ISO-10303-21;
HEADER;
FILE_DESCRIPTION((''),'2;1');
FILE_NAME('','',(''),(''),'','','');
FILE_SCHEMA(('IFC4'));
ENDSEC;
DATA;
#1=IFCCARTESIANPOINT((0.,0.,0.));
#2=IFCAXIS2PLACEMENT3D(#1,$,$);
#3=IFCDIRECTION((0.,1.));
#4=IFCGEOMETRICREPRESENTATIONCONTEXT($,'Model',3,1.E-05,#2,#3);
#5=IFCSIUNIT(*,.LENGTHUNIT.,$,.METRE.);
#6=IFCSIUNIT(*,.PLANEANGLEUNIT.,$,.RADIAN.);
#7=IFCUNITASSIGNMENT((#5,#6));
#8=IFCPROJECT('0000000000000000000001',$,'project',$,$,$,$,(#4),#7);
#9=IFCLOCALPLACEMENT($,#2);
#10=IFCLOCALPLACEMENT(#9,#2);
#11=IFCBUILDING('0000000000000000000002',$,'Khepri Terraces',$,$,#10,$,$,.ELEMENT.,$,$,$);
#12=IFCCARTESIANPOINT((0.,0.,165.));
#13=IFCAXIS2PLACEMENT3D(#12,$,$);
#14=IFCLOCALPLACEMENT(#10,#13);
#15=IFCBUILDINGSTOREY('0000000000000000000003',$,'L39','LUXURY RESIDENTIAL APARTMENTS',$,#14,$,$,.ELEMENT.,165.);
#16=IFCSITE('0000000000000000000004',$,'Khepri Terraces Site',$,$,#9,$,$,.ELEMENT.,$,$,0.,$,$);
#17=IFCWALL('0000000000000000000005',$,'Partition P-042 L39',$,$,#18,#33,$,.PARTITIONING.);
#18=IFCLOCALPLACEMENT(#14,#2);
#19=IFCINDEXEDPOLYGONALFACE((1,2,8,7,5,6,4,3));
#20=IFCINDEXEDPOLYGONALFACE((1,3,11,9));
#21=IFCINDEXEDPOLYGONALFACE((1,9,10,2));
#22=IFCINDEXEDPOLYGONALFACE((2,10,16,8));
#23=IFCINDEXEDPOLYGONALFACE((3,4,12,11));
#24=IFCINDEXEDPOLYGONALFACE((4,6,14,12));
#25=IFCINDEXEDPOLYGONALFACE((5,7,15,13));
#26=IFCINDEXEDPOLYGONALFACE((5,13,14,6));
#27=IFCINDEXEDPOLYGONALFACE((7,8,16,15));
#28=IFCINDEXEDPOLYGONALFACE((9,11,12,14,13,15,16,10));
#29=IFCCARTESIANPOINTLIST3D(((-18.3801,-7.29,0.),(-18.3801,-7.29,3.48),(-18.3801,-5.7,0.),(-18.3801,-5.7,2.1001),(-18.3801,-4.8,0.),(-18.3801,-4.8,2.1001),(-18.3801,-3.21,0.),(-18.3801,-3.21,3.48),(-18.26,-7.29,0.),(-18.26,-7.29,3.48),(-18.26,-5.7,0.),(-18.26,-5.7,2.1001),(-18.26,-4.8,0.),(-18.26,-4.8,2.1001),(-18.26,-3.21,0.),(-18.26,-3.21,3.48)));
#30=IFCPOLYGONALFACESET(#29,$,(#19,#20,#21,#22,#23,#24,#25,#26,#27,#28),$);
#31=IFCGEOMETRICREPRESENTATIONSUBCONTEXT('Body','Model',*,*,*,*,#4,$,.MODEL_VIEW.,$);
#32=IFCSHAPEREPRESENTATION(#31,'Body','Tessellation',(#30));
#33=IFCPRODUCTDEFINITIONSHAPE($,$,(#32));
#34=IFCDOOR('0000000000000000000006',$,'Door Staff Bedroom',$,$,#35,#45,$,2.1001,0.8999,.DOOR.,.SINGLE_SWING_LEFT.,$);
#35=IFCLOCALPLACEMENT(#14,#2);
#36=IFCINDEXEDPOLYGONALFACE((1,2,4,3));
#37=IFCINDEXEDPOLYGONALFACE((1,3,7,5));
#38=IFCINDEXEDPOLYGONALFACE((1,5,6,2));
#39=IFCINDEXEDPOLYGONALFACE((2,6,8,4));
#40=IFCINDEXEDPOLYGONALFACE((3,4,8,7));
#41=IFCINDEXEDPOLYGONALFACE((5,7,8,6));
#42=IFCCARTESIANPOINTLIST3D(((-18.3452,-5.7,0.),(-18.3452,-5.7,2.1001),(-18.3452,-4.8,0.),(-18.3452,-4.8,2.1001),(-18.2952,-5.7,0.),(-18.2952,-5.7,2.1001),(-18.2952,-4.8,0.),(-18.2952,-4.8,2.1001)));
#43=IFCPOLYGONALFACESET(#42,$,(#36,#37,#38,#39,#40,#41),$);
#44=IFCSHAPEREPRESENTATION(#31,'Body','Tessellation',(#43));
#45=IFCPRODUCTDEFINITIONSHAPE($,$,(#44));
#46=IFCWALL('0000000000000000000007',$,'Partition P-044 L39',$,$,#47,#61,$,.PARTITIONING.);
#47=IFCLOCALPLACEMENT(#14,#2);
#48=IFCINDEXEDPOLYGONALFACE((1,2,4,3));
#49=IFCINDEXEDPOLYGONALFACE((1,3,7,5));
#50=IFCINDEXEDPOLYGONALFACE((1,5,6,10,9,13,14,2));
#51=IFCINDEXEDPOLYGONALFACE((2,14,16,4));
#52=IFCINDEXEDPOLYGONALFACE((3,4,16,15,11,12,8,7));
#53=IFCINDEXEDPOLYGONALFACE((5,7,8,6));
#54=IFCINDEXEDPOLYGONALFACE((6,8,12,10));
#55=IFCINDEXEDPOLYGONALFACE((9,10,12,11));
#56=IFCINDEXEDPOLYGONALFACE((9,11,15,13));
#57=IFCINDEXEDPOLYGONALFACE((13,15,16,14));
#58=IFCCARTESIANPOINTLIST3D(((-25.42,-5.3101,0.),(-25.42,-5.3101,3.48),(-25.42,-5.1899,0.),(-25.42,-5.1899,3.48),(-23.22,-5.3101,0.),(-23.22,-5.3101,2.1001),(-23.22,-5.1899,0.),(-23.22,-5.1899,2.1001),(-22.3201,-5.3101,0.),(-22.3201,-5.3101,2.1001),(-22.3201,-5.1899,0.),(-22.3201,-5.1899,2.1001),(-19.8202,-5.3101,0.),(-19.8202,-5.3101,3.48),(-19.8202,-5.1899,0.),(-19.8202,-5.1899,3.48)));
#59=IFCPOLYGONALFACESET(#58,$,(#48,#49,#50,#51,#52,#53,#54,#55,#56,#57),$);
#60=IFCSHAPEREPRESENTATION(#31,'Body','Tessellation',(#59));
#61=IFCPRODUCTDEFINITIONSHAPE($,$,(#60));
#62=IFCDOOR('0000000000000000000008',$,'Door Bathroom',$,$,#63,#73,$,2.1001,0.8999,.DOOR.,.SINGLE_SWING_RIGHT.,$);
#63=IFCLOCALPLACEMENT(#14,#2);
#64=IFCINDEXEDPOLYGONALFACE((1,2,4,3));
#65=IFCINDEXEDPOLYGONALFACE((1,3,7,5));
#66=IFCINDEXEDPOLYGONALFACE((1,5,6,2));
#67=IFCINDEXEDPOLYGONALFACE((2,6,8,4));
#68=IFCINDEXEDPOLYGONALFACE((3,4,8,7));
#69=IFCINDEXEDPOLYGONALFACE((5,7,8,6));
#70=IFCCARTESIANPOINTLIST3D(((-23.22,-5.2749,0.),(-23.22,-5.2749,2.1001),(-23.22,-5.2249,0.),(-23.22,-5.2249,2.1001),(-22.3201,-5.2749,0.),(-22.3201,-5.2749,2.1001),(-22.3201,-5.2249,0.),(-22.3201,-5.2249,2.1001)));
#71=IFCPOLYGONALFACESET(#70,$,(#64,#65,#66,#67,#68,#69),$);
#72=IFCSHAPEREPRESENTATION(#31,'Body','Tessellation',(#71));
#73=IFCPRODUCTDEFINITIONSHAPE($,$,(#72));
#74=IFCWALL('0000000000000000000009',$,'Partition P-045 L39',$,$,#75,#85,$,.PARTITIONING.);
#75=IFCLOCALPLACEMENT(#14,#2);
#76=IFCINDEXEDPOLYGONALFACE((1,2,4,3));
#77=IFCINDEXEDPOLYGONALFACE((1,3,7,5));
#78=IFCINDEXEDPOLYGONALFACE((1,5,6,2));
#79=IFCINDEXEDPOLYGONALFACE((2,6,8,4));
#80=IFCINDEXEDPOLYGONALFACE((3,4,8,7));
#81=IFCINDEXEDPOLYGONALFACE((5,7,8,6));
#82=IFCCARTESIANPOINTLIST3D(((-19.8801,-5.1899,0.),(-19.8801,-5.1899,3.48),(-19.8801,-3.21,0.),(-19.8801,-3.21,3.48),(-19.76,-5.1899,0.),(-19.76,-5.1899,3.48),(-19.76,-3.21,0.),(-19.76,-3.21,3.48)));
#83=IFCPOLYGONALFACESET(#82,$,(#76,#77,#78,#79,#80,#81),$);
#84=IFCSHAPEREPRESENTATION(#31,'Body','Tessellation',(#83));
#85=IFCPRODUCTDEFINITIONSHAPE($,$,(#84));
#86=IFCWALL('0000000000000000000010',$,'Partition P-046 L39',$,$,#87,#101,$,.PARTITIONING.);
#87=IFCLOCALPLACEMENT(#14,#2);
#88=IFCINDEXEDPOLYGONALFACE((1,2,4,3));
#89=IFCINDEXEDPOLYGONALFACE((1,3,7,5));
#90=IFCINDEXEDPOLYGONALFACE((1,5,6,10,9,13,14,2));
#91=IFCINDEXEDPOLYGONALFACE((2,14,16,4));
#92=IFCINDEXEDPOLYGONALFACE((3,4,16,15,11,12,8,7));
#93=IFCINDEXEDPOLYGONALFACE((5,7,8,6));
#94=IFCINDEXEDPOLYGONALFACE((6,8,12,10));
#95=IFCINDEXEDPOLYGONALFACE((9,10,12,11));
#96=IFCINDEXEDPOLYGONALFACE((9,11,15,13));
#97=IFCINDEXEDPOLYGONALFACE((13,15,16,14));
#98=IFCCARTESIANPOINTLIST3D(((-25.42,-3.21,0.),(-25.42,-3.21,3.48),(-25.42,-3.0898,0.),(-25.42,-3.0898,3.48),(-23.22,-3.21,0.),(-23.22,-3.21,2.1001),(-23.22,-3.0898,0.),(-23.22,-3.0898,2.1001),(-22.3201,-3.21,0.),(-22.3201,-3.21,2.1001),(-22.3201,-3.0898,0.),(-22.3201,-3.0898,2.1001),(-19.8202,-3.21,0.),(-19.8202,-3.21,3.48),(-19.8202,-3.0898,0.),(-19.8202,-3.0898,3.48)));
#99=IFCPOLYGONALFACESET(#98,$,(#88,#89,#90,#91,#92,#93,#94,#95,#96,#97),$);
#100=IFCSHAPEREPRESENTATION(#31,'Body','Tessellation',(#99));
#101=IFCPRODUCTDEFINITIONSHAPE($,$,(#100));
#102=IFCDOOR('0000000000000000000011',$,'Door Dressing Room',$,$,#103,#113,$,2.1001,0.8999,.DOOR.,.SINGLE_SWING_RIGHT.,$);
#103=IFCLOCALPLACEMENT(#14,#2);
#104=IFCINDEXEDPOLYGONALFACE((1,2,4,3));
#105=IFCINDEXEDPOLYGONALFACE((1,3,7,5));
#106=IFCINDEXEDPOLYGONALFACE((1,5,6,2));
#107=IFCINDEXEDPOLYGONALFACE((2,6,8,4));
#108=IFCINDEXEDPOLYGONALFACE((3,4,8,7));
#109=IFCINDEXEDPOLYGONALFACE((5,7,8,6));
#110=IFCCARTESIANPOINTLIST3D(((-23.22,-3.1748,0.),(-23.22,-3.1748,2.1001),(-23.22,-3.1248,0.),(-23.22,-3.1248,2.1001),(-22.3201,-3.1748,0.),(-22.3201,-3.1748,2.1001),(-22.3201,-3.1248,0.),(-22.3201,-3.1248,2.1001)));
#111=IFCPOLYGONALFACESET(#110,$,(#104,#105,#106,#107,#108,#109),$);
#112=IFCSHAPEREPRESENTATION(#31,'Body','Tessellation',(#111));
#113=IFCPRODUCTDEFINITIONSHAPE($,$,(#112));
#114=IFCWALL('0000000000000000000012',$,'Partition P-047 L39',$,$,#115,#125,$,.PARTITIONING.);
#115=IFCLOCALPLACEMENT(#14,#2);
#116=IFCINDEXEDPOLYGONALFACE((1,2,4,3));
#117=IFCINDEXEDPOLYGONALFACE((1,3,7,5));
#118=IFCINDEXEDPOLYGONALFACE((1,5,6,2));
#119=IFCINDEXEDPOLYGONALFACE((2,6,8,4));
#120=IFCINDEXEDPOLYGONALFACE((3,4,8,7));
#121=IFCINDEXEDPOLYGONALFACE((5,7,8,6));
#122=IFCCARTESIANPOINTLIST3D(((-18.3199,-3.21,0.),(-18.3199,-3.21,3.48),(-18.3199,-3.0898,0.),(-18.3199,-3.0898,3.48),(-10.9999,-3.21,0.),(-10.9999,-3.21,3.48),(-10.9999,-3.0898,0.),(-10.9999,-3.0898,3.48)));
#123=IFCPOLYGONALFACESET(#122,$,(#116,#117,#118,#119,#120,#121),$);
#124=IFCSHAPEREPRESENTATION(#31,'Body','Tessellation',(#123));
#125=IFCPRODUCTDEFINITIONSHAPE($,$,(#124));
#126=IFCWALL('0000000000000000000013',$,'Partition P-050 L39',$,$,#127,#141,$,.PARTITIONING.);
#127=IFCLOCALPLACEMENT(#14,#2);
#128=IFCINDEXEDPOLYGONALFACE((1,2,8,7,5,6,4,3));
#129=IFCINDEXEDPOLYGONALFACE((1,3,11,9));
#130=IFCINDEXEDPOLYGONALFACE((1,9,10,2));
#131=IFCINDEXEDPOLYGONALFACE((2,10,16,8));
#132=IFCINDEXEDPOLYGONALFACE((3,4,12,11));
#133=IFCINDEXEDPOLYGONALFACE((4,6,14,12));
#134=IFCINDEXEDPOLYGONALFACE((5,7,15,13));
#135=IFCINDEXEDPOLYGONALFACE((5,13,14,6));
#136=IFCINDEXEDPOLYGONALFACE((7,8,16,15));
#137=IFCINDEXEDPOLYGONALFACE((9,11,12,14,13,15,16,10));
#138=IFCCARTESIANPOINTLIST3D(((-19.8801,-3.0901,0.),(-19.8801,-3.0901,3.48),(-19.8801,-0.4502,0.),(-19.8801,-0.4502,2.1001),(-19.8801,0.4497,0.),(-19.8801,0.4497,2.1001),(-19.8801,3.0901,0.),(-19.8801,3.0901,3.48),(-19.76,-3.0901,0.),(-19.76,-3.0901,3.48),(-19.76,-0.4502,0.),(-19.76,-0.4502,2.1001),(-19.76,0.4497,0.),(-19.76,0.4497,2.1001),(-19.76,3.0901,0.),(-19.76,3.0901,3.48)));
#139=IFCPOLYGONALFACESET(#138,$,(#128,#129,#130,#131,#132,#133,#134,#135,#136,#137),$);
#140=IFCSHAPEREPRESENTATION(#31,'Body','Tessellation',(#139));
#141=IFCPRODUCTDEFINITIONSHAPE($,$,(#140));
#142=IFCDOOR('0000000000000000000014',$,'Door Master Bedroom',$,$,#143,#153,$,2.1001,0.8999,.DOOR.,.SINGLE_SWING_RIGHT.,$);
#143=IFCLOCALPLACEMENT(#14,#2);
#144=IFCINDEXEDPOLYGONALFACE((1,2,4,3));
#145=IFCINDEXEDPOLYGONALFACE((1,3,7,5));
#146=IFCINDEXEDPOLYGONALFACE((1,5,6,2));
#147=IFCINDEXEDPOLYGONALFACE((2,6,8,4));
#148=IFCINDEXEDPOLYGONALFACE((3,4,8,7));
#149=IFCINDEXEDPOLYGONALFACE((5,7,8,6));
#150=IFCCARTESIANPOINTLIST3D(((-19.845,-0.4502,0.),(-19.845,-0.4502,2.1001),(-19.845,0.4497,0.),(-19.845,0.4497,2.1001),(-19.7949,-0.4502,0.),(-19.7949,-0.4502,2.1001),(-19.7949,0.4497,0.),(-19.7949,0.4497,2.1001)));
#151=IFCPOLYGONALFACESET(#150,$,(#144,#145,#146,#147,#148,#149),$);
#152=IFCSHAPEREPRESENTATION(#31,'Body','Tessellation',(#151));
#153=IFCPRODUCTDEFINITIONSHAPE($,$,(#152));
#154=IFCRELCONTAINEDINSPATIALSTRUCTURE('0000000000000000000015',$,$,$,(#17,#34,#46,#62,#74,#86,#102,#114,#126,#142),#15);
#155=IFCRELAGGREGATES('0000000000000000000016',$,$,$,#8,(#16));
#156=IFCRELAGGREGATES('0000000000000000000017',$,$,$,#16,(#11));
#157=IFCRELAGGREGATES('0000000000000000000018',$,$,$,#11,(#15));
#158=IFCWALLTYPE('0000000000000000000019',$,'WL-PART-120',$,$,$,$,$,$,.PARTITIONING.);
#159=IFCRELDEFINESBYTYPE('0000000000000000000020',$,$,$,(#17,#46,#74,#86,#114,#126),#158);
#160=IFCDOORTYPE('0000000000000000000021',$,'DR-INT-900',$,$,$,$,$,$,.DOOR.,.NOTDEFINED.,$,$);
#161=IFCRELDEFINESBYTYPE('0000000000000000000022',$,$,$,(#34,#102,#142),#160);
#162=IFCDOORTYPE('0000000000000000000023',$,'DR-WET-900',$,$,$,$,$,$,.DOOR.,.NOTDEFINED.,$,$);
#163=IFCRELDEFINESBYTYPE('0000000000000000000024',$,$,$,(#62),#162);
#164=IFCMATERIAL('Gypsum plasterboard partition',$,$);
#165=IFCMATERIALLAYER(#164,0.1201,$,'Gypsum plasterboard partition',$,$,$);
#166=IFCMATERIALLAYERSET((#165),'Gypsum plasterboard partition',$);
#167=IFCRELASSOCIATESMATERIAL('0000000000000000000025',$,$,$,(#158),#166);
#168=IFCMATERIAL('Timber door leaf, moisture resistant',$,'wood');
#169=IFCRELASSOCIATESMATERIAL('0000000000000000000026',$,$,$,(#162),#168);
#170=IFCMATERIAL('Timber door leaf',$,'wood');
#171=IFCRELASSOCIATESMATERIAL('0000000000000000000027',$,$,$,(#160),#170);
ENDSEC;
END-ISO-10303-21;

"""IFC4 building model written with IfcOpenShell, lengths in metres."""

from ifc_helpers import new_model, si_unit, direction, frame, frame_2d, origin, place, context, subcontext, project, spatial, rectangle, extrude, material, layer, layer_set, type_object, element, fill, save


model = new_model("IFC4")

# Units and contexts
model_context = context("Model", 3, precision=1e-05, world=origin(), true_north=direction((0.0, 1.0)))
body_context = subcontext(model_context, "Body", "Model", "MODEL_VIEW")
ifc_project = project(units=[si_unit("LENGTHUNIT", "METRE"), si_unit("PLANEANGLEUNIT", "RADIAN")], contexts=[model_context])

# Site, building, storey
site_placement = place(None, origin())
site = spatial("IfcSite", under=ifc_project, at=site_placement, Name="Khepri Terraces Site", CompositionType="ELEMENT", RefElevation=0.0)
building_placement = place(site_placement, origin())
building = spatial("IfcBuilding", under=site, at=building_placement, Name="Khepri Terraces", CompositionType="ELEMENT")
storey_placement = place(building_placement, frame((0.0, 0.0, 165.0)))
storey = spatial("IfcBuildingStorey", under=building, at=storey_placement, Name="L39", Description="LUXURY RESIDENTIAL APARTMENTS", CompositionType="ELEMENT", Elevation=165.0)

# Shared definitions
ifc_material_1 = material(Name="Gypsum plasterboard partition")
ifc_layer_1 = layer(ifc_material_1, 0.1201, Name="Gypsum plasterboard partition")
ifc_layer_set_1 = layer_set([ifc_layer_1], Name="Gypsum plasterboard partition")
wall_type_1 = type_object("IfcWallType", Name="WL-PART-120", PredefinedType="PARTITIONING", material=ifc_layer_set_1)

# Shared definitions
ifc_material_2 = material(Name="Timber door leaf, moisture resistant", Category="wood")
door_type_1 = type_object("IfcDoorType", Name="DR-WET-900", OperationType="NOTDEFINED", PredefinedType="DOOR", material=ifc_material_2)

# Walls, openings, doors
wall_1_placement = place(storey_placement, frame((-18.3201, -7.29, 0.0), z_axis=(0.0, 0.0, 1.0), x_axis=(0.0, 1.0, 0.0)))
wall_1 = element("IfcWall", 1, at=wall_1_placement, inside=storey, type_object=wall_type_1, Name="Partition P-042 L39", PredefinedType="PARTITIONING", context=body_context, shape_type="SweptSolid", body=[
    extrude(rectangle(XDim=4.0801, YDim=0.1201, at=frame_2d((2.04, 0.0))), origin(), (0.0, 0.0, 1.0), 3.48),
])
opening_1_placement = place(wall_1_placement, frame((1.5901, 0.0, 0.0)))
opening_1 = element("IfcOpeningElement", 2, at=opening_1_placement, cuts=wall_1, PredefinedType="OPENING", context=body_context, shape_type="SweptSolid", body=[
    extrude(rectangle(XDim=0.8999, YDim=2.1001, at=frame_2d((0.45, 1.05))), frame((0.0, 0.0701, 0.0), z_axis=(0.0, -1.0, 0.0), x_axis=(1.0, 0.0, 0.0)), (0.0, 0.0, 1.0), 0.1401),
])
ifc_material_3 = material(Name="Timber door leaf", Category="wood")
door_type_2 = type_object("IfcDoorType", Name="DR-INT-900", OperationType="NOTDEFINED", PredefinedType="DOOR", material=ifc_material_3)
door_1_placement = place(opening_1_placement, frame((0.8999, 0.0, 0.0), z_axis=(0.0, 0.0, 1.0), x_axis=(-1.0, 0.0, 0.0)))
door_1 = element("IfcDoor", 3, at=door_1_placement, inside=storey, type_object=door_type_2, Name="Door Staff Bedroom", OperationType="SINGLE_SWING_LEFT", OverallHeight=2.1001, OverallWidth=0.8999, PredefinedType="DOOR", context=body_context, shape_type="SweptSolid", body=[
    extrude(rectangle(XDim=0.8999, YDim=2.1001, at=frame_2d((0.45, 1.05))), frame((0.0, 0.0249, 0.0), z_axis=(0.0, -1.0, 0.0), x_axis=(1.0, 0.0, 0.0)), (0.0, 0.0, 1.0), 0.05),
])
fill(opening_1, door_1)
wall_2_placement = place(storey_placement, frame((-25.4199, -5.25, 0.0), z_axis=(0.0, 0.0, 1.0), x_axis=(1.0, 0.0, 0.0)))
wall_2 = element("IfcWall", 4, at=wall_2_placement, inside=storey, type_object=wall_type_1, Name="Partition P-044 L39", PredefinedType="PARTITIONING", context=body_context, shape_type="SweptSolid", body=[
    extrude(rectangle(XDim=5.5999, YDim=0.1201, at=frame_2d((2.7998, 0.0))), origin(), (0.0, 0.0, 1.0), 3.48),
])
opening_2_placement = place(wall_2_placement, frame((2.2, 0.0, 0.0)))
opening_2 = element("IfcOpeningElement", 5, at=opening_2_placement, cuts=wall_2, PredefinedType="OPENING", context=body_context, shape_type="SweptSolid", body=[
    extrude(rectangle(XDim=0.8999, YDim=2.1001, at=frame_2d((0.45, 1.05))), frame((0.0, 0.0701, 0.0), z_axis=(0.0, -1.0, 0.0), x_axis=(1.0, 0.0, 0.0)), (0.0, 0.0, 1.0), 0.1401),
])
door_2_placement = place(opening_2_placement, frame((0.8999, 0.0, 0.0), z_axis=(0.0, 0.0, 1.0), x_axis=(-1.0, 0.0, 0.0)))
door_2 = element("IfcDoor", 6, at=door_2_placement, inside=storey, type_object=door_type_1, Name="Door Bathroom", OperationType="SINGLE_SWING_RIGHT", OverallHeight=2.1001, OverallWidth=0.8999, PredefinedType="DOOR", context=body_context, shape_type="SweptSolid", body=[
    extrude(rectangle(XDim=0.8999, YDim=2.1001, at=frame_2d((0.45, 1.05))), frame((0.0, 0.0249, 0.0), z_axis=(0.0, -1.0, 0.0), x_axis=(1.0, 0.0, 0.0)), (0.0, 0.0, 1.0), 0.05),
])
fill(opening_2, door_2)

# Wall
wall_3_placement = place(storey_placement, frame((-19.8201, -5.1899, 0.0), z_axis=(0.0, 0.0, 1.0), x_axis=(0.0, 1.0, 0.0)))
element("IfcWall", 7, at=wall_3_placement, inside=storey, type_object=wall_type_1, Name="Partition P-045 L39", PredefinedType="PARTITIONING", context=body_context, shape_type="SweptSolid", body=[
    extrude(rectangle(XDim=1.98, YDim=0.1201, at=frame_2d((0.99, 0.0))), origin(), (0.0, 0.0, 1.0), 3.48),
])

# Wall, opening, door
wall_4_placement = place(storey_placement, frame((-25.4199, -3.1499, 0.0), z_axis=(0.0, 0.0, 1.0), x_axis=(1.0, 0.0, 0.0)))
wall_4 = element("IfcWall", 8, at=wall_4_placement, inside=storey, type_object=wall_type_1, Name="Partition P-046 L39", PredefinedType="PARTITIONING", context=body_context, shape_type="SweptSolid", body=[
    extrude(rectangle(XDim=5.5999, YDim=0.1201, at=frame_2d((2.7998, 0.0))), origin(), (0.0, 0.0, 1.0), 3.48),
])
opening_3_placement = place(wall_4_placement, frame((2.2, 0.0, 0.0)))
opening_3 = element("IfcOpeningElement", 9, at=opening_3_placement, cuts=wall_4, PredefinedType="OPENING", context=body_context, shape_type="SweptSolid", body=[
    extrude(rectangle(XDim=0.8999, YDim=2.1001, at=frame_2d((0.45, 1.05))), frame((0.0, 0.0701, 0.0), z_axis=(0.0, -1.0, 0.0), x_axis=(1.0, 0.0, 0.0)), (0.0, 0.0, 1.0), 0.1401),
])
door_3_placement = place(opening_3_placement, frame((0.8999, 0.0, 0.0), z_axis=(0.0, 0.0, 1.0), x_axis=(-1.0, 0.0, 0.0)))
door_3 = element("IfcDoor", 10, at=door_3_placement, inside=storey, type_object=door_type_2, Name="Door Dressing Room", OperationType="SINGLE_SWING_RIGHT", OverallHeight=2.1001, OverallWidth=0.8999, PredefinedType="DOOR", context=body_context, shape_type="SweptSolid", body=[
    extrude(rectangle(XDim=0.8999, YDim=2.1001, at=frame_2d((0.45, 1.05))), frame((0.0, 0.0249, 0.0), z_axis=(0.0, -1.0, 0.0), x_axis=(1.0, 0.0, 0.0)), (0.0, 0.0, 1.0), 0.05),
])
fill(opening_3, door_3)

# Wall
wall_5_placement = place(storey_placement, frame((-18.3201, -3.1499, 0.0), z_axis=(0.0, 0.0, 1.0), x_axis=(1.0, 0.0, 0.0)))
element("IfcWall", 11, at=wall_5_placement, inside=storey, type_object=wall_type_1, Name="Partition P-047 L39", PredefinedType="PARTITIONING", context=body_context, shape_type="SweptSolid", body=[
    extrude(rectangle(XDim=7.3201, YDim=0.1201, at=frame_2d((3.6602, 0.0))), origin(), (0.0, 0.0, 1.0), 3.48),
])

# Wall, opening, door
wall_6_placement = place(storey_placement, frame((-19.8201, -3.0901, 0.0), z_axis=(0.0, 0.0, 1.0), x_axis=(0.0, 1.0, 0.0)))
wall_6 = element("IfcWall", 12, at=wall_6_placement, inside=storey, type_object=wall_type_1, Name="Partition P-050 L39", PredefinedType="PARTITIONING", context=body_context, shape_type="SweptSolid", body=[
    extrude(rectangle(XDim=6.1802, YDim=0.1201, at=frame_2d((3.0901, 0.0))), origin(), (0.0, 0.0, 1.0), 3.48),
])
opening_4_placement = place(wall_6_placement, frame((2.6399, 0.0, 0.0)))
opening_4 = element("IfcOpeningElement", 13, at=opening_4_placement, cuts=wall_6, PredefinedType="OPENING", context=body_context, shape_type="SweptSolid", body=[
    extrude(rectangle(XDim=0.8999, YDim=2.1001, at=frame_2d((0.45, 1.05))), frame((0.0, 0.0701, 0.0), z_axis=(0.0, -1.0, 0.0), x_axis=(1.0, 0.0, 0.0)), (0.0, 0.0, 1.0), 0.1401),
])
door_4_placement = place(opening_4_placement, origin())
door_4 = element("IfcDoor", 14, at=door_4_placement, inside=storey, type_object=door_type_2, Name="Door Master Bedroom", OperationType="SINGLE_SWING_RIGHT", OverallHeight=2.1001, OverallWidth=0.8999, PredefinedType="DOOR", context=body_context, shape_type="SweptSolid", body=[
    extrude(rectangle(XDim=0.8999, YDim=2.1001, at=frame_2d((0.45, 1.05))), frame((0.0, 0.0249, 0.0), z_axis=(0.0, -1.0, 0.0), x_axis=(1.0, 0.0, 0.0)), (0.0, 0.0, 1.0), 0.05),
])
fill(opening_4, door_4)

save(model, "model.ifc")
